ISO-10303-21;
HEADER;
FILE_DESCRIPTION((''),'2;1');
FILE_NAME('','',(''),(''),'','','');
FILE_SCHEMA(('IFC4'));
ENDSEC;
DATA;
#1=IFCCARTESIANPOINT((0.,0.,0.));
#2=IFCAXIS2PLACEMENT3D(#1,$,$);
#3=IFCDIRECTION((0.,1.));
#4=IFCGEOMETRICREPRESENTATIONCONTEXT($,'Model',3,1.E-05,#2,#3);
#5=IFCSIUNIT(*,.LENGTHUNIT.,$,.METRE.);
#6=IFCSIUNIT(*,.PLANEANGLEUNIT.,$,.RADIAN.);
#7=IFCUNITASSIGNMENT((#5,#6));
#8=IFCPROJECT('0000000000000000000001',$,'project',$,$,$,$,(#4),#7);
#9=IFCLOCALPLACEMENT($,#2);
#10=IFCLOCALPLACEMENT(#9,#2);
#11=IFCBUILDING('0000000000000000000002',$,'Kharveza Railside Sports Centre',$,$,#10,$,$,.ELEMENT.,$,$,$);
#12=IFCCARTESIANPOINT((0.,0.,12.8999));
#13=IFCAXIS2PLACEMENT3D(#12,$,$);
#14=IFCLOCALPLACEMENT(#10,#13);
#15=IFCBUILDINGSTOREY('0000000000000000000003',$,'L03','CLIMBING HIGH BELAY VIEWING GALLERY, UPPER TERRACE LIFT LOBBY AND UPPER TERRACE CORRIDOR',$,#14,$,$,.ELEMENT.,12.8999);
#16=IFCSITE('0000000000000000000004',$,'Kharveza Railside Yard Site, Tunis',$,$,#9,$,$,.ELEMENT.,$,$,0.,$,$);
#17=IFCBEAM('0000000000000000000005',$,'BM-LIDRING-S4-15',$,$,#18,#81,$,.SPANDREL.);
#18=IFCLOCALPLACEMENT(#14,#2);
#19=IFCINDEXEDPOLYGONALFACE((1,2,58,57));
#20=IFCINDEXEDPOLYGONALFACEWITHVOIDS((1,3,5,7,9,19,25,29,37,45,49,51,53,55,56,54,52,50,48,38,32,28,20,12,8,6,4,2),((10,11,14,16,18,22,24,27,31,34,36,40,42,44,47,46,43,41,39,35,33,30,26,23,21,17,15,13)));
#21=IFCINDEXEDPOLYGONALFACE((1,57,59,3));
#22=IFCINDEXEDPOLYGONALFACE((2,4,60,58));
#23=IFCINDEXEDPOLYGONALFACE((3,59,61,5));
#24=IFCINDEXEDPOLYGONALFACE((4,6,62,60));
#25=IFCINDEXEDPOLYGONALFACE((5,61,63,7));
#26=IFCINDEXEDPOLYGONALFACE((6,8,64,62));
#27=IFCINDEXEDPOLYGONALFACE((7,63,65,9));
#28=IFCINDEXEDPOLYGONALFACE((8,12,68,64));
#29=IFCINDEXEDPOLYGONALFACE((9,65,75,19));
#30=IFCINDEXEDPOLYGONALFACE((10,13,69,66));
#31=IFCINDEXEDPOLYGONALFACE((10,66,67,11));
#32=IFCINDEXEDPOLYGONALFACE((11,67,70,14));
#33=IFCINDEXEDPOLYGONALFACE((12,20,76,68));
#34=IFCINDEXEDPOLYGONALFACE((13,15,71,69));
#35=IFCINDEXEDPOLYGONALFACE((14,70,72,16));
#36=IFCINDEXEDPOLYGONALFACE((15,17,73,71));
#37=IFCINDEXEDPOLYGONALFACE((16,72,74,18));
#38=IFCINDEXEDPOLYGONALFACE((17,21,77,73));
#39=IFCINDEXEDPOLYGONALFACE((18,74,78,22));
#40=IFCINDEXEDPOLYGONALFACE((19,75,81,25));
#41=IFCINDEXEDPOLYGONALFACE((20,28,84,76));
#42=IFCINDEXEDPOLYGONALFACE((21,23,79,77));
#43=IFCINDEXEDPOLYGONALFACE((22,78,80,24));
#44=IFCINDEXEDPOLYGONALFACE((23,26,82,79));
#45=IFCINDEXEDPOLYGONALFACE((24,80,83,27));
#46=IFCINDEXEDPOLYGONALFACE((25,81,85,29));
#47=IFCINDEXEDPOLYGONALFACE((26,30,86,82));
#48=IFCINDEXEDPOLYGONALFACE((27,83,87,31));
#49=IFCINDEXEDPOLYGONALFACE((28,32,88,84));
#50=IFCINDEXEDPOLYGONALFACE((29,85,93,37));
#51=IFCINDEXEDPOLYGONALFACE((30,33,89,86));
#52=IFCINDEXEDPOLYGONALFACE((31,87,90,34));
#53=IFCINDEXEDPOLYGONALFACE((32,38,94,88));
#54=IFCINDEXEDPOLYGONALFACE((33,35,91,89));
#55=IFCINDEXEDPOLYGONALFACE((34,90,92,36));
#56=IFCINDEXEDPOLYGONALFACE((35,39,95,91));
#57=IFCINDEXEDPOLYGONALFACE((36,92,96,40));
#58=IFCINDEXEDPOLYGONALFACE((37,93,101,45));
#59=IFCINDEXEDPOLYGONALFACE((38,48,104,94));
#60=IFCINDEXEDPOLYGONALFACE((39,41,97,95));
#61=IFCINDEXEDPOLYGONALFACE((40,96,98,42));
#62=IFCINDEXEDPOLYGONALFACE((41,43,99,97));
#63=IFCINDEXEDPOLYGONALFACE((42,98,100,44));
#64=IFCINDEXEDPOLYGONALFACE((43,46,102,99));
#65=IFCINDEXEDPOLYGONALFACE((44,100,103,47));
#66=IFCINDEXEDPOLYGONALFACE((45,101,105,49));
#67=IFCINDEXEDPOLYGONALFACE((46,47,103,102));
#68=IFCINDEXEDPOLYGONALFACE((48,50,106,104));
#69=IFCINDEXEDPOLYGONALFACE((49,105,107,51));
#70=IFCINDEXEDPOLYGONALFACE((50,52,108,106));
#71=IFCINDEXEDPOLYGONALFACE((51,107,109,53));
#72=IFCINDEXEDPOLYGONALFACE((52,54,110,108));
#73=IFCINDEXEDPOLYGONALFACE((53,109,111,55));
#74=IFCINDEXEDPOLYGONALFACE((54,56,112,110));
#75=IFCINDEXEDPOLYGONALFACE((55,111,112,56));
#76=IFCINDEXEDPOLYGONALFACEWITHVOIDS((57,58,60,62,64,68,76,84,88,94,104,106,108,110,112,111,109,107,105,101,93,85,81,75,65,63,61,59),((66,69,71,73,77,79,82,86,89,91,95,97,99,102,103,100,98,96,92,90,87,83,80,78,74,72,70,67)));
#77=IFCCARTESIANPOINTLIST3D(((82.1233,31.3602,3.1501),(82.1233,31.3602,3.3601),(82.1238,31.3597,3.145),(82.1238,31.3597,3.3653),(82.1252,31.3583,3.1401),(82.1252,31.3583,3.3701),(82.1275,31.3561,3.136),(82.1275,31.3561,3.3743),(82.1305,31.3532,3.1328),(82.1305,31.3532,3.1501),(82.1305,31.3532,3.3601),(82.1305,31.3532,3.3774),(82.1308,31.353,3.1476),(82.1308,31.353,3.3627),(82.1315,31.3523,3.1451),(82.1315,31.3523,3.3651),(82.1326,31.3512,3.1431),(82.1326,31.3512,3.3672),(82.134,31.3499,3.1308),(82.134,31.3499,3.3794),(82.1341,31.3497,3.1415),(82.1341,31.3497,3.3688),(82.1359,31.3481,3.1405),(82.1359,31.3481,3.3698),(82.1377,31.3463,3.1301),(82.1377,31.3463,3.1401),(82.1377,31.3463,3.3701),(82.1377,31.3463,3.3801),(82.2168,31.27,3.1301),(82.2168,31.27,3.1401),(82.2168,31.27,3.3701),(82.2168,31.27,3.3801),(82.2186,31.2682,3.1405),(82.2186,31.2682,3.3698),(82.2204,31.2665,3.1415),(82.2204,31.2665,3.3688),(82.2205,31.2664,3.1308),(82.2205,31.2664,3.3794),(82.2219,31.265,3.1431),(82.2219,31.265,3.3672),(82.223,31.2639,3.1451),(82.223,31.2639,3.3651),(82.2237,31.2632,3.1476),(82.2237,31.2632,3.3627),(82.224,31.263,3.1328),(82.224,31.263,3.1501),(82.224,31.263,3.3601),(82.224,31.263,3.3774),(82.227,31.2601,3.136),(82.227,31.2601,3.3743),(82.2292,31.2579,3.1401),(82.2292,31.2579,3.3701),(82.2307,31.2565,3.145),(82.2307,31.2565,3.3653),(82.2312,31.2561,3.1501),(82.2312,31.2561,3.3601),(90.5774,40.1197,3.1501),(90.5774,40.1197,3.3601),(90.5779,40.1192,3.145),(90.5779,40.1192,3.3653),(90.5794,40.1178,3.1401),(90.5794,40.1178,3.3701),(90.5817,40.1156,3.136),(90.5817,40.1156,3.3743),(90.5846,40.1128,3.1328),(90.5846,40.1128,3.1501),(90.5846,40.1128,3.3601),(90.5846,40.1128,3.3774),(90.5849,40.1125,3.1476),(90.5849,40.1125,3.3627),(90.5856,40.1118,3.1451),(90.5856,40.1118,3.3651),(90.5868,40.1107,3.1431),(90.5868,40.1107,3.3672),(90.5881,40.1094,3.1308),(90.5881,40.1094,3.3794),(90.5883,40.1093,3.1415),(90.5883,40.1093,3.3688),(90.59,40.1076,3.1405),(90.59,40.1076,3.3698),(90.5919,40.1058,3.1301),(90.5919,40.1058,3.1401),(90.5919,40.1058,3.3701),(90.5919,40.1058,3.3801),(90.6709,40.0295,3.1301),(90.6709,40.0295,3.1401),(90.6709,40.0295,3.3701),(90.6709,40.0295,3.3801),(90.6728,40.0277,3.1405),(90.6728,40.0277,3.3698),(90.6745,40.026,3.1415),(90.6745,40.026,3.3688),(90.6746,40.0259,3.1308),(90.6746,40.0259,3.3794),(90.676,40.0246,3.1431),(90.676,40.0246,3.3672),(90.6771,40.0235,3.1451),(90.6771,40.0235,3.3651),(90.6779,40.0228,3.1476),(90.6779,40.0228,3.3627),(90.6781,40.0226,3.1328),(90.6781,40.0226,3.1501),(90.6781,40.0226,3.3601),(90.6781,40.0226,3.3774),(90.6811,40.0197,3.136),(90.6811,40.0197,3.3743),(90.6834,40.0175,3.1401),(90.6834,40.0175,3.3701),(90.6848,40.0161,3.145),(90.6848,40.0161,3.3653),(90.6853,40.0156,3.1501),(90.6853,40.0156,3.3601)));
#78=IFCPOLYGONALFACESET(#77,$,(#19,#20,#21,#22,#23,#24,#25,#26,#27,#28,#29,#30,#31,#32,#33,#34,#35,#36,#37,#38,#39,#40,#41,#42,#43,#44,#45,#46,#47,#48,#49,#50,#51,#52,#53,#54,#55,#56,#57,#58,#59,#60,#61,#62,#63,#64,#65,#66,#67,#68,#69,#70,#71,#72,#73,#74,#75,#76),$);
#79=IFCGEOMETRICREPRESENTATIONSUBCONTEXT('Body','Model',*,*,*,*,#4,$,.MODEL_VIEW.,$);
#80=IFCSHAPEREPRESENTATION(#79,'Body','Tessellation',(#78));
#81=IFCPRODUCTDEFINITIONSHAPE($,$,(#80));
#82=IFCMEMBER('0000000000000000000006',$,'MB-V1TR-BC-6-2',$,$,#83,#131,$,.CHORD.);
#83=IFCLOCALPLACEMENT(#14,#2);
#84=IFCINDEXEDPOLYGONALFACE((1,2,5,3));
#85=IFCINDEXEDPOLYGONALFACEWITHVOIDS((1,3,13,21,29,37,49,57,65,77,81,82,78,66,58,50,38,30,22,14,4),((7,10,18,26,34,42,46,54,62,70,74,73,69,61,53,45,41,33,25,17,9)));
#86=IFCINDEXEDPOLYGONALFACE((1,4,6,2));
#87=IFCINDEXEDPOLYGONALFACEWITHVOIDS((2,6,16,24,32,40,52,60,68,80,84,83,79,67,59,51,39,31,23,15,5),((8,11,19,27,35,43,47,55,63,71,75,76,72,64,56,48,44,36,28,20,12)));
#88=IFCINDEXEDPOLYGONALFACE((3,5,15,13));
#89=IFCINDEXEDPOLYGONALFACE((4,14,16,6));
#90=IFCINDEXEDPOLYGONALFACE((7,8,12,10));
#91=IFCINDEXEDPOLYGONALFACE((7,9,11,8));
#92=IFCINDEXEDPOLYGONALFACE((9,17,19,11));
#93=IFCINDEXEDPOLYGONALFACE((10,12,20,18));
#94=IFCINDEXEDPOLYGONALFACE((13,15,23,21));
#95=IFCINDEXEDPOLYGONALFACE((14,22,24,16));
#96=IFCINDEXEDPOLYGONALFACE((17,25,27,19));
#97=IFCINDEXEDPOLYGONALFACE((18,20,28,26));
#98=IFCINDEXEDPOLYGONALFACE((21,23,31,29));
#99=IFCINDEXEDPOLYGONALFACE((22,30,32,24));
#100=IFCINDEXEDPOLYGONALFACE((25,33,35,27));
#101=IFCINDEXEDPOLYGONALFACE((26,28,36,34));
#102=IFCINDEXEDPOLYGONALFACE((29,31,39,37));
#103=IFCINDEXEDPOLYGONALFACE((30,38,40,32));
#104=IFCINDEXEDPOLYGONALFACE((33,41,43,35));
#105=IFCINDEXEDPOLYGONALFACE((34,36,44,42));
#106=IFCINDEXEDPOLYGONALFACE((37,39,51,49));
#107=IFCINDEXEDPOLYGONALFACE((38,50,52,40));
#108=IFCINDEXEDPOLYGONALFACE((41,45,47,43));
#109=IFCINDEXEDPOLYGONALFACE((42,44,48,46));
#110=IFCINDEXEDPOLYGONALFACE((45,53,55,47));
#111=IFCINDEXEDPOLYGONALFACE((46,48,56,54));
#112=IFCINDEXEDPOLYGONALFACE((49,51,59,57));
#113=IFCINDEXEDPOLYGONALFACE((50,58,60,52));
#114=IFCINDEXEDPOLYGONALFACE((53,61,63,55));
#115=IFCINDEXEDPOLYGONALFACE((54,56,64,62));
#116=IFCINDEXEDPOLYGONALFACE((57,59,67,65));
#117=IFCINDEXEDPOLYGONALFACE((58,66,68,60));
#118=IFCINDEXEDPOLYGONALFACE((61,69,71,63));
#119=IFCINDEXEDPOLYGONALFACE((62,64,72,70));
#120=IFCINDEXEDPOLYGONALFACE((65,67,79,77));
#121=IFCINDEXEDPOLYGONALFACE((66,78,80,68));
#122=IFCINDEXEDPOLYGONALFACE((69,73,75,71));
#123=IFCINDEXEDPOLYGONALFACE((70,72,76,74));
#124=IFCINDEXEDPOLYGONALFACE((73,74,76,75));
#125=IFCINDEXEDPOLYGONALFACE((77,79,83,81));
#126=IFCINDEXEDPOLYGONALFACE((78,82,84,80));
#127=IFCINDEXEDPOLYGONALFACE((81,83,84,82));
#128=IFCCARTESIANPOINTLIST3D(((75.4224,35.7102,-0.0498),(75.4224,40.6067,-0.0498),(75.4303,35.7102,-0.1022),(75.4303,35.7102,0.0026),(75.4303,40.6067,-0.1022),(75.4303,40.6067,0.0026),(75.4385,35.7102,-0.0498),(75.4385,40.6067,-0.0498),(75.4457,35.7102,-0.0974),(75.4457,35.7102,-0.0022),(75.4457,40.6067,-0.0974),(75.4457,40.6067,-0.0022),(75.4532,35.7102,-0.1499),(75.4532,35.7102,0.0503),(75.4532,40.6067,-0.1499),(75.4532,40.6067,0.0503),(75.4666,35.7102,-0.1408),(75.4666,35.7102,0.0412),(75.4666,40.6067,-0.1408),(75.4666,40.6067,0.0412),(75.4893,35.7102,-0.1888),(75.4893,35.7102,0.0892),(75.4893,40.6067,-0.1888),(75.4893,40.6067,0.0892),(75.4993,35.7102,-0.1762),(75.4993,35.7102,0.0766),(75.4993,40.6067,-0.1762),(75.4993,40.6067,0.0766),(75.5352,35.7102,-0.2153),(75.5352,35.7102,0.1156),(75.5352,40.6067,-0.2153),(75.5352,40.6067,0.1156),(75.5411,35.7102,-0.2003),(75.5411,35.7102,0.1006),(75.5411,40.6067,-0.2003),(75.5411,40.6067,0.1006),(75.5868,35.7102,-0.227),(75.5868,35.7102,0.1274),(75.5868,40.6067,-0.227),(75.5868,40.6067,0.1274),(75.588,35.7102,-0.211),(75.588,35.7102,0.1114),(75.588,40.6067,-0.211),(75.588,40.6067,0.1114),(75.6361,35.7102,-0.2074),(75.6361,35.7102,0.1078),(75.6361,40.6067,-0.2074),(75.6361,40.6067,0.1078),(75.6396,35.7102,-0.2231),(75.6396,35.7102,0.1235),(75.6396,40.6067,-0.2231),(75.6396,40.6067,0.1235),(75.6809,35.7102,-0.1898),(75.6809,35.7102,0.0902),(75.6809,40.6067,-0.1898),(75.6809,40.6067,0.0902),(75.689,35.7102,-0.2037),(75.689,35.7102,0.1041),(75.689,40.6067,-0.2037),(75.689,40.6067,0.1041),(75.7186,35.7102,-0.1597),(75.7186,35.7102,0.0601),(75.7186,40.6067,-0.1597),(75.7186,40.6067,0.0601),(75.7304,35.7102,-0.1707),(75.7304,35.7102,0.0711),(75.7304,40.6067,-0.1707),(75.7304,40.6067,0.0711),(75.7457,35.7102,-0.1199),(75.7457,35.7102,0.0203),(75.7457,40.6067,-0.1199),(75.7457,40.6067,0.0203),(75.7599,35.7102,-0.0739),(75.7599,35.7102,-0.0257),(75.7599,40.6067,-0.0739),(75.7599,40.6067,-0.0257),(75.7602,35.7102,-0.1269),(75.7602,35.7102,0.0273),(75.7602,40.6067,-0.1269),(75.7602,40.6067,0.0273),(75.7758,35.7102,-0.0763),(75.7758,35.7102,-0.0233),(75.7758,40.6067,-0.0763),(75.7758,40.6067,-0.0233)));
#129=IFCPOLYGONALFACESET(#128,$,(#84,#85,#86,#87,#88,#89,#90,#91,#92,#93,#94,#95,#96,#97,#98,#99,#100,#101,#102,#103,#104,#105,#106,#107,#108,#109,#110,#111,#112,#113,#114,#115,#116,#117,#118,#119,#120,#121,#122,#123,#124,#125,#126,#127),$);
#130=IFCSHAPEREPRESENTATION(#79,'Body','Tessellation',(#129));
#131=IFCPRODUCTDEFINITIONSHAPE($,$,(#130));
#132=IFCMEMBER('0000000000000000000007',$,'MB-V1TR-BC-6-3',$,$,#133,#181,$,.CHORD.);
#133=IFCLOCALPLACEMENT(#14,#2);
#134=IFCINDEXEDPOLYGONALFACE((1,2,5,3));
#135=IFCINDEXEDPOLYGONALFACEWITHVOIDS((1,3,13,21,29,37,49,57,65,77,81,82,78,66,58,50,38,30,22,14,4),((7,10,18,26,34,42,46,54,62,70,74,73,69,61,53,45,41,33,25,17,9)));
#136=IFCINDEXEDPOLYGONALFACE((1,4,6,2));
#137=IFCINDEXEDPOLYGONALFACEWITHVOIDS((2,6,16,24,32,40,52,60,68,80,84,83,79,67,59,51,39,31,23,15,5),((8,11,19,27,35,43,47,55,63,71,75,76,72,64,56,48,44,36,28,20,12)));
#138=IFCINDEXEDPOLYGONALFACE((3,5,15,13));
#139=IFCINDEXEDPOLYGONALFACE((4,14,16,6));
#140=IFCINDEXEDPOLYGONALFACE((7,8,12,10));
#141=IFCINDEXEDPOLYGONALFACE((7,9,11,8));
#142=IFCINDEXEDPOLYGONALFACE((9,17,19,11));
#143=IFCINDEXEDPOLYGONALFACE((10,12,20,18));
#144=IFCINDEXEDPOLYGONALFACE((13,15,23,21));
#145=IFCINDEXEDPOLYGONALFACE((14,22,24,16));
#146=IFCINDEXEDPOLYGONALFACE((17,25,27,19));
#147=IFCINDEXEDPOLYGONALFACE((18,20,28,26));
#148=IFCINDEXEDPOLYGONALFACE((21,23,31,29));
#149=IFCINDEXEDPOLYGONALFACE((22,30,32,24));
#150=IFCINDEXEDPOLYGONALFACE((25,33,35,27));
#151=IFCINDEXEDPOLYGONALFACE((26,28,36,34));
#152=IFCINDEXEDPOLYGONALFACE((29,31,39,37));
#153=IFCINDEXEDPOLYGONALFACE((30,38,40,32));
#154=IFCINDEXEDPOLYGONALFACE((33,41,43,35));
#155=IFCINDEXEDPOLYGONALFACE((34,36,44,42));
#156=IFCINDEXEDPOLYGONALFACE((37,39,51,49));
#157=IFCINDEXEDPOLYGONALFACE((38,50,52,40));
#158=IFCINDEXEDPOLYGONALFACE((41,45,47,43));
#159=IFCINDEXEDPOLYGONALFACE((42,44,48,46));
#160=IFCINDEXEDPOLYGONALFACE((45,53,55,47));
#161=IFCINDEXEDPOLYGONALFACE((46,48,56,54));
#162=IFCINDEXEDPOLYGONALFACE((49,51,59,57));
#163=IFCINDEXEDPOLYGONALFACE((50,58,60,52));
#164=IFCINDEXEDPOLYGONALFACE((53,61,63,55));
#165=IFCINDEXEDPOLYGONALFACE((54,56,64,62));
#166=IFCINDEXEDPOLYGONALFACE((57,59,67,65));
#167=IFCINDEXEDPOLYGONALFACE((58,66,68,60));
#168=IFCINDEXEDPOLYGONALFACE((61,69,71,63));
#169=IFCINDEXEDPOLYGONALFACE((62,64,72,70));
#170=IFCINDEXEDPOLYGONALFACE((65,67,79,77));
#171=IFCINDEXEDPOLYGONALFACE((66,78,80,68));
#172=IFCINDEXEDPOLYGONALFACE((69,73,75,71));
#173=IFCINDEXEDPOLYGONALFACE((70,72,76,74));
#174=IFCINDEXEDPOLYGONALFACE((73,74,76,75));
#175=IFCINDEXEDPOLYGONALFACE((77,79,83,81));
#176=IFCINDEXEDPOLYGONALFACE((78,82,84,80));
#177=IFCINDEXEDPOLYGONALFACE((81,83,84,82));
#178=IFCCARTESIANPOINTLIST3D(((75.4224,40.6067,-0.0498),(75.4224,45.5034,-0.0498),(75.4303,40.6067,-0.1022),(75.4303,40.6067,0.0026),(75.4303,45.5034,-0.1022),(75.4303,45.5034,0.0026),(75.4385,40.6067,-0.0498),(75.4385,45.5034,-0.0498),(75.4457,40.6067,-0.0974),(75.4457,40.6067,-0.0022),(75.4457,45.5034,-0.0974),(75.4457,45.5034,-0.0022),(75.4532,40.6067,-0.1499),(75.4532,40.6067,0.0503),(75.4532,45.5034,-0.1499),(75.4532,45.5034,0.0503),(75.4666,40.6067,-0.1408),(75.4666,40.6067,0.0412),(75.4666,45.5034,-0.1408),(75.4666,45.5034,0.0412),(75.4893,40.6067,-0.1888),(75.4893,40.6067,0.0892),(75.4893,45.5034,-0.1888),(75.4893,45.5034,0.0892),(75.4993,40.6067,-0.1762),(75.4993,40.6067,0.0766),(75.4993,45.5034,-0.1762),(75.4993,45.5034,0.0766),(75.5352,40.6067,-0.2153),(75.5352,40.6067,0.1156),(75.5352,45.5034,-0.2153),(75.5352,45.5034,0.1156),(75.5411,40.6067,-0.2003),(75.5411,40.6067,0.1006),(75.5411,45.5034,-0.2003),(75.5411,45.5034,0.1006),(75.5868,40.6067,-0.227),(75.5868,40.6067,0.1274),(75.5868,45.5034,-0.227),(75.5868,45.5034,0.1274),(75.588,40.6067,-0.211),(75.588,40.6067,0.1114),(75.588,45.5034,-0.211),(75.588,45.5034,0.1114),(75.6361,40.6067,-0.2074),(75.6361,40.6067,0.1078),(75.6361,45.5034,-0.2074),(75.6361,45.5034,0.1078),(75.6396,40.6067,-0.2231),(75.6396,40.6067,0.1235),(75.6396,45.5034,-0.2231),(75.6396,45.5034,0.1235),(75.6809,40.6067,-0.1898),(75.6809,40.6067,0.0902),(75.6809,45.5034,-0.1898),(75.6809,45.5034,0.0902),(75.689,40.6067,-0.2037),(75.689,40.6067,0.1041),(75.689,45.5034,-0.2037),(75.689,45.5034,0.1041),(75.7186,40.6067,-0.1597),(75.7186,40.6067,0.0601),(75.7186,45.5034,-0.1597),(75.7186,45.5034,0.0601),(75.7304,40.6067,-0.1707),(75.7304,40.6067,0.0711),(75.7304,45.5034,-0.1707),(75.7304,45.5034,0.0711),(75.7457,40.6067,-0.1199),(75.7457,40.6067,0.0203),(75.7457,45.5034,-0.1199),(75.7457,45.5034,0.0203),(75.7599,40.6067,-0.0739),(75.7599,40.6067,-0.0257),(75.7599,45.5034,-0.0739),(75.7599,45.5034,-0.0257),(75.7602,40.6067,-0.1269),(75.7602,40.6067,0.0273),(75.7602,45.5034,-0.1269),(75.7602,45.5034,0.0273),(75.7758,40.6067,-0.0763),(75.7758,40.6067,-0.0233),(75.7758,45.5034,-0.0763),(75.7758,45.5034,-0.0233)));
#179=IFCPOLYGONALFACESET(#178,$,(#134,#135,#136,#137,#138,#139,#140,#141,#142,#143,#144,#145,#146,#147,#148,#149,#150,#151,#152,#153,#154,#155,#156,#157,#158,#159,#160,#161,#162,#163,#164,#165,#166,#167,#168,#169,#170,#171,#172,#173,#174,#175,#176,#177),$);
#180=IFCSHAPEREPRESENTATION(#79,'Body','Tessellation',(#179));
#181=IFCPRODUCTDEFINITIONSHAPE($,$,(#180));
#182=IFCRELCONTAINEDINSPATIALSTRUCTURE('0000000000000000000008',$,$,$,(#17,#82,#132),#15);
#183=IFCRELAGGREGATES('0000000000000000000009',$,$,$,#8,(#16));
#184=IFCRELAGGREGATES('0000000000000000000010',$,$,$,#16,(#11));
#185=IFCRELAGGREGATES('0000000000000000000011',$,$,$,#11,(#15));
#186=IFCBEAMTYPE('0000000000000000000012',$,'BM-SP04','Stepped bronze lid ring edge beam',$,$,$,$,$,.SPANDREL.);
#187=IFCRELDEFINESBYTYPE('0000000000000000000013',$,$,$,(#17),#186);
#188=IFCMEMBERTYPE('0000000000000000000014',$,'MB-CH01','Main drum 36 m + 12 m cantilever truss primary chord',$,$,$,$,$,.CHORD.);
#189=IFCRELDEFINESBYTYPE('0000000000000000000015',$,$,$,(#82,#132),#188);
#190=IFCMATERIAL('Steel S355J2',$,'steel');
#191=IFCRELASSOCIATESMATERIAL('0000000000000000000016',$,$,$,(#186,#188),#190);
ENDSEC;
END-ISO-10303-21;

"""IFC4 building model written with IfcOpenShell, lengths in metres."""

from ifc_helpers import new_model, si_unit, direction, frame, origin, origin_2d, place, context, subcontext, project, spatial, hollow_rectangle, hollow_circle, extrude, material, material_profile, profile_set, type_object, element, save


model = new_model("IFC4")

# Units and contexts
model_context = context("Model", 3, precision=1e-05, world=origin(), true_north=direction((0.0, 1.0)))
body_context = subcontext(model_context, "Body", "Model", "MODEL_VIEW")
ifc_project = project(units=[si_unit("LENGTHUNIT", "METRE"), si_unit("PLANEANGLEUNIT", "RADIAN")], contexts=[model_context])

# Site, building, storey
site_placement = place(None, origin())
site = spatial("IfcSite", under=ifc_project, at=site_placement, Name="Kharveza Railside Yard Site, Tunis", CompositionType="ELEMENT", RefElevation=0.0)
building_placement = place(site_placement, origin())
building = spatial("IfcBuilding", under=site, at=building_placement, Name="Kharveza Railside Sports Centre", CompositionType="ELEMENT")
storey_placement = place(building_placement, frame((0.0, 0.0, 12.8999)))
storey = spatial("IfcBuildingStorey", under=building, at=storey_placement, Name="L03", Description="CLIMBING HIGH BELAY VIEWING GALLERY, UPPER TERRACE LIFT LOBBY AND UPPER TERRACE CORRIDOR", CompositionType="ELEMENT", Elevation=12.8999)

# Beam
ifc_material_1 = material(Name="Steel S355J2", Category="steel")
ifc_material_profile_1 = material_profile(ifc_material_1, hollow_rectangle(XDim=0.1499, YDim=0.25, WallThickness=0.01, InnerFilletRadius=0.01, OuterFilletRadius=0.02, at=origin_2d()), Name="RHS 150x250x10.0")
ifc_profile_set_1 = profile_set([ifc_material_profile_1], Name="Steel S355J2")
beam_type = type_object("IfcBeamType", Name="BM-SP04", Description="Stepped bronze lid ring edge beam", PredefinedType="SPANDREL", material=ifc_profile_set_1)
beam_1_placement = place(storey_placement, frame((82.1772, 31.3081, 3.2551), z_axis=(0.694451, 0.71954, 0.0), x_axis=(-0.71954, 0.694451, 0.0)))
element("IfcBeam", 1, at=beam_1_placement, inside=storey, type_object=beam_type, Name="BM-LIDRING-S4-15", PredefinedType="SPANDREL", context=body_context, shape_type="SweptSolid", body=[
    extrude(hollow_rectangle(XDim=0.1499, YDim=0.25, WallThickness=0.01, InnerFilletRadius=0.01, OuterFilletRadius=0.02, at=origin_2d()), origin(), (0.0, 0.0, 1.0), 12.1738),
])

# Members
ifc_material_profile_2 = material_profile(ifc_material_1, hollow_circle(Radius=0.1777, WallThickness=0.0161, at=origin_2d()), Name="CHS 355.6x16.0")
ifc_profile_set_2 = profile_set([ifc_material_profile_2], Name="Steel S355J2")
member_type_1 = type_object("IfcMemberType", Name="MB-CH01", Description="Main drum 36 m + 12 m cantilever truss primary chord", PredefinedType="CHORD", material=ifc_profile_set_2)
member_1_placement = place(storey_placement, frame((75.6001, 35.7102, -0.0498), z_axis=(0.0, 1.0, 0.0), x_axis=(-1.0, 0.0, 0.0)))
element("IfcMember", 2, at=member_1_placement, inside=storey, type_object=member_type_1, Name="MB-V1TR-BC-6-2", PredefinedType="CHORD", context=body_context, shape_type="SweptSolid", body=[
    extrude(hollow_circle(Radius=0.1777, WallThickness=0.0161, at=origin_2d()), origin(), (0.0, 0.0, 1.0), 4.8965),
])
member_2_placement = place(storey_placement, frame((75.6001, 40.6067, -0.0498), z_axis=(0.0, 1.0, 0.0), x_axis=(-1.0, 0.0, 0.0)))
element("IfcMember", 3, at=member_2_placement, inside=storey, type_object=member_type_1, Name="MB-V1TR-BC-6-3", PredefinedType="CHORD", context=body_context, shape_type="SweptSolid", body=[
    extrude(hollow_circle(Radius=0.1777, WallThickness=0.0161, at=origin_2d()), origin(), (0.0, 0.0, 1.0), 4.8967),
])

save(model, "model.ifc")
